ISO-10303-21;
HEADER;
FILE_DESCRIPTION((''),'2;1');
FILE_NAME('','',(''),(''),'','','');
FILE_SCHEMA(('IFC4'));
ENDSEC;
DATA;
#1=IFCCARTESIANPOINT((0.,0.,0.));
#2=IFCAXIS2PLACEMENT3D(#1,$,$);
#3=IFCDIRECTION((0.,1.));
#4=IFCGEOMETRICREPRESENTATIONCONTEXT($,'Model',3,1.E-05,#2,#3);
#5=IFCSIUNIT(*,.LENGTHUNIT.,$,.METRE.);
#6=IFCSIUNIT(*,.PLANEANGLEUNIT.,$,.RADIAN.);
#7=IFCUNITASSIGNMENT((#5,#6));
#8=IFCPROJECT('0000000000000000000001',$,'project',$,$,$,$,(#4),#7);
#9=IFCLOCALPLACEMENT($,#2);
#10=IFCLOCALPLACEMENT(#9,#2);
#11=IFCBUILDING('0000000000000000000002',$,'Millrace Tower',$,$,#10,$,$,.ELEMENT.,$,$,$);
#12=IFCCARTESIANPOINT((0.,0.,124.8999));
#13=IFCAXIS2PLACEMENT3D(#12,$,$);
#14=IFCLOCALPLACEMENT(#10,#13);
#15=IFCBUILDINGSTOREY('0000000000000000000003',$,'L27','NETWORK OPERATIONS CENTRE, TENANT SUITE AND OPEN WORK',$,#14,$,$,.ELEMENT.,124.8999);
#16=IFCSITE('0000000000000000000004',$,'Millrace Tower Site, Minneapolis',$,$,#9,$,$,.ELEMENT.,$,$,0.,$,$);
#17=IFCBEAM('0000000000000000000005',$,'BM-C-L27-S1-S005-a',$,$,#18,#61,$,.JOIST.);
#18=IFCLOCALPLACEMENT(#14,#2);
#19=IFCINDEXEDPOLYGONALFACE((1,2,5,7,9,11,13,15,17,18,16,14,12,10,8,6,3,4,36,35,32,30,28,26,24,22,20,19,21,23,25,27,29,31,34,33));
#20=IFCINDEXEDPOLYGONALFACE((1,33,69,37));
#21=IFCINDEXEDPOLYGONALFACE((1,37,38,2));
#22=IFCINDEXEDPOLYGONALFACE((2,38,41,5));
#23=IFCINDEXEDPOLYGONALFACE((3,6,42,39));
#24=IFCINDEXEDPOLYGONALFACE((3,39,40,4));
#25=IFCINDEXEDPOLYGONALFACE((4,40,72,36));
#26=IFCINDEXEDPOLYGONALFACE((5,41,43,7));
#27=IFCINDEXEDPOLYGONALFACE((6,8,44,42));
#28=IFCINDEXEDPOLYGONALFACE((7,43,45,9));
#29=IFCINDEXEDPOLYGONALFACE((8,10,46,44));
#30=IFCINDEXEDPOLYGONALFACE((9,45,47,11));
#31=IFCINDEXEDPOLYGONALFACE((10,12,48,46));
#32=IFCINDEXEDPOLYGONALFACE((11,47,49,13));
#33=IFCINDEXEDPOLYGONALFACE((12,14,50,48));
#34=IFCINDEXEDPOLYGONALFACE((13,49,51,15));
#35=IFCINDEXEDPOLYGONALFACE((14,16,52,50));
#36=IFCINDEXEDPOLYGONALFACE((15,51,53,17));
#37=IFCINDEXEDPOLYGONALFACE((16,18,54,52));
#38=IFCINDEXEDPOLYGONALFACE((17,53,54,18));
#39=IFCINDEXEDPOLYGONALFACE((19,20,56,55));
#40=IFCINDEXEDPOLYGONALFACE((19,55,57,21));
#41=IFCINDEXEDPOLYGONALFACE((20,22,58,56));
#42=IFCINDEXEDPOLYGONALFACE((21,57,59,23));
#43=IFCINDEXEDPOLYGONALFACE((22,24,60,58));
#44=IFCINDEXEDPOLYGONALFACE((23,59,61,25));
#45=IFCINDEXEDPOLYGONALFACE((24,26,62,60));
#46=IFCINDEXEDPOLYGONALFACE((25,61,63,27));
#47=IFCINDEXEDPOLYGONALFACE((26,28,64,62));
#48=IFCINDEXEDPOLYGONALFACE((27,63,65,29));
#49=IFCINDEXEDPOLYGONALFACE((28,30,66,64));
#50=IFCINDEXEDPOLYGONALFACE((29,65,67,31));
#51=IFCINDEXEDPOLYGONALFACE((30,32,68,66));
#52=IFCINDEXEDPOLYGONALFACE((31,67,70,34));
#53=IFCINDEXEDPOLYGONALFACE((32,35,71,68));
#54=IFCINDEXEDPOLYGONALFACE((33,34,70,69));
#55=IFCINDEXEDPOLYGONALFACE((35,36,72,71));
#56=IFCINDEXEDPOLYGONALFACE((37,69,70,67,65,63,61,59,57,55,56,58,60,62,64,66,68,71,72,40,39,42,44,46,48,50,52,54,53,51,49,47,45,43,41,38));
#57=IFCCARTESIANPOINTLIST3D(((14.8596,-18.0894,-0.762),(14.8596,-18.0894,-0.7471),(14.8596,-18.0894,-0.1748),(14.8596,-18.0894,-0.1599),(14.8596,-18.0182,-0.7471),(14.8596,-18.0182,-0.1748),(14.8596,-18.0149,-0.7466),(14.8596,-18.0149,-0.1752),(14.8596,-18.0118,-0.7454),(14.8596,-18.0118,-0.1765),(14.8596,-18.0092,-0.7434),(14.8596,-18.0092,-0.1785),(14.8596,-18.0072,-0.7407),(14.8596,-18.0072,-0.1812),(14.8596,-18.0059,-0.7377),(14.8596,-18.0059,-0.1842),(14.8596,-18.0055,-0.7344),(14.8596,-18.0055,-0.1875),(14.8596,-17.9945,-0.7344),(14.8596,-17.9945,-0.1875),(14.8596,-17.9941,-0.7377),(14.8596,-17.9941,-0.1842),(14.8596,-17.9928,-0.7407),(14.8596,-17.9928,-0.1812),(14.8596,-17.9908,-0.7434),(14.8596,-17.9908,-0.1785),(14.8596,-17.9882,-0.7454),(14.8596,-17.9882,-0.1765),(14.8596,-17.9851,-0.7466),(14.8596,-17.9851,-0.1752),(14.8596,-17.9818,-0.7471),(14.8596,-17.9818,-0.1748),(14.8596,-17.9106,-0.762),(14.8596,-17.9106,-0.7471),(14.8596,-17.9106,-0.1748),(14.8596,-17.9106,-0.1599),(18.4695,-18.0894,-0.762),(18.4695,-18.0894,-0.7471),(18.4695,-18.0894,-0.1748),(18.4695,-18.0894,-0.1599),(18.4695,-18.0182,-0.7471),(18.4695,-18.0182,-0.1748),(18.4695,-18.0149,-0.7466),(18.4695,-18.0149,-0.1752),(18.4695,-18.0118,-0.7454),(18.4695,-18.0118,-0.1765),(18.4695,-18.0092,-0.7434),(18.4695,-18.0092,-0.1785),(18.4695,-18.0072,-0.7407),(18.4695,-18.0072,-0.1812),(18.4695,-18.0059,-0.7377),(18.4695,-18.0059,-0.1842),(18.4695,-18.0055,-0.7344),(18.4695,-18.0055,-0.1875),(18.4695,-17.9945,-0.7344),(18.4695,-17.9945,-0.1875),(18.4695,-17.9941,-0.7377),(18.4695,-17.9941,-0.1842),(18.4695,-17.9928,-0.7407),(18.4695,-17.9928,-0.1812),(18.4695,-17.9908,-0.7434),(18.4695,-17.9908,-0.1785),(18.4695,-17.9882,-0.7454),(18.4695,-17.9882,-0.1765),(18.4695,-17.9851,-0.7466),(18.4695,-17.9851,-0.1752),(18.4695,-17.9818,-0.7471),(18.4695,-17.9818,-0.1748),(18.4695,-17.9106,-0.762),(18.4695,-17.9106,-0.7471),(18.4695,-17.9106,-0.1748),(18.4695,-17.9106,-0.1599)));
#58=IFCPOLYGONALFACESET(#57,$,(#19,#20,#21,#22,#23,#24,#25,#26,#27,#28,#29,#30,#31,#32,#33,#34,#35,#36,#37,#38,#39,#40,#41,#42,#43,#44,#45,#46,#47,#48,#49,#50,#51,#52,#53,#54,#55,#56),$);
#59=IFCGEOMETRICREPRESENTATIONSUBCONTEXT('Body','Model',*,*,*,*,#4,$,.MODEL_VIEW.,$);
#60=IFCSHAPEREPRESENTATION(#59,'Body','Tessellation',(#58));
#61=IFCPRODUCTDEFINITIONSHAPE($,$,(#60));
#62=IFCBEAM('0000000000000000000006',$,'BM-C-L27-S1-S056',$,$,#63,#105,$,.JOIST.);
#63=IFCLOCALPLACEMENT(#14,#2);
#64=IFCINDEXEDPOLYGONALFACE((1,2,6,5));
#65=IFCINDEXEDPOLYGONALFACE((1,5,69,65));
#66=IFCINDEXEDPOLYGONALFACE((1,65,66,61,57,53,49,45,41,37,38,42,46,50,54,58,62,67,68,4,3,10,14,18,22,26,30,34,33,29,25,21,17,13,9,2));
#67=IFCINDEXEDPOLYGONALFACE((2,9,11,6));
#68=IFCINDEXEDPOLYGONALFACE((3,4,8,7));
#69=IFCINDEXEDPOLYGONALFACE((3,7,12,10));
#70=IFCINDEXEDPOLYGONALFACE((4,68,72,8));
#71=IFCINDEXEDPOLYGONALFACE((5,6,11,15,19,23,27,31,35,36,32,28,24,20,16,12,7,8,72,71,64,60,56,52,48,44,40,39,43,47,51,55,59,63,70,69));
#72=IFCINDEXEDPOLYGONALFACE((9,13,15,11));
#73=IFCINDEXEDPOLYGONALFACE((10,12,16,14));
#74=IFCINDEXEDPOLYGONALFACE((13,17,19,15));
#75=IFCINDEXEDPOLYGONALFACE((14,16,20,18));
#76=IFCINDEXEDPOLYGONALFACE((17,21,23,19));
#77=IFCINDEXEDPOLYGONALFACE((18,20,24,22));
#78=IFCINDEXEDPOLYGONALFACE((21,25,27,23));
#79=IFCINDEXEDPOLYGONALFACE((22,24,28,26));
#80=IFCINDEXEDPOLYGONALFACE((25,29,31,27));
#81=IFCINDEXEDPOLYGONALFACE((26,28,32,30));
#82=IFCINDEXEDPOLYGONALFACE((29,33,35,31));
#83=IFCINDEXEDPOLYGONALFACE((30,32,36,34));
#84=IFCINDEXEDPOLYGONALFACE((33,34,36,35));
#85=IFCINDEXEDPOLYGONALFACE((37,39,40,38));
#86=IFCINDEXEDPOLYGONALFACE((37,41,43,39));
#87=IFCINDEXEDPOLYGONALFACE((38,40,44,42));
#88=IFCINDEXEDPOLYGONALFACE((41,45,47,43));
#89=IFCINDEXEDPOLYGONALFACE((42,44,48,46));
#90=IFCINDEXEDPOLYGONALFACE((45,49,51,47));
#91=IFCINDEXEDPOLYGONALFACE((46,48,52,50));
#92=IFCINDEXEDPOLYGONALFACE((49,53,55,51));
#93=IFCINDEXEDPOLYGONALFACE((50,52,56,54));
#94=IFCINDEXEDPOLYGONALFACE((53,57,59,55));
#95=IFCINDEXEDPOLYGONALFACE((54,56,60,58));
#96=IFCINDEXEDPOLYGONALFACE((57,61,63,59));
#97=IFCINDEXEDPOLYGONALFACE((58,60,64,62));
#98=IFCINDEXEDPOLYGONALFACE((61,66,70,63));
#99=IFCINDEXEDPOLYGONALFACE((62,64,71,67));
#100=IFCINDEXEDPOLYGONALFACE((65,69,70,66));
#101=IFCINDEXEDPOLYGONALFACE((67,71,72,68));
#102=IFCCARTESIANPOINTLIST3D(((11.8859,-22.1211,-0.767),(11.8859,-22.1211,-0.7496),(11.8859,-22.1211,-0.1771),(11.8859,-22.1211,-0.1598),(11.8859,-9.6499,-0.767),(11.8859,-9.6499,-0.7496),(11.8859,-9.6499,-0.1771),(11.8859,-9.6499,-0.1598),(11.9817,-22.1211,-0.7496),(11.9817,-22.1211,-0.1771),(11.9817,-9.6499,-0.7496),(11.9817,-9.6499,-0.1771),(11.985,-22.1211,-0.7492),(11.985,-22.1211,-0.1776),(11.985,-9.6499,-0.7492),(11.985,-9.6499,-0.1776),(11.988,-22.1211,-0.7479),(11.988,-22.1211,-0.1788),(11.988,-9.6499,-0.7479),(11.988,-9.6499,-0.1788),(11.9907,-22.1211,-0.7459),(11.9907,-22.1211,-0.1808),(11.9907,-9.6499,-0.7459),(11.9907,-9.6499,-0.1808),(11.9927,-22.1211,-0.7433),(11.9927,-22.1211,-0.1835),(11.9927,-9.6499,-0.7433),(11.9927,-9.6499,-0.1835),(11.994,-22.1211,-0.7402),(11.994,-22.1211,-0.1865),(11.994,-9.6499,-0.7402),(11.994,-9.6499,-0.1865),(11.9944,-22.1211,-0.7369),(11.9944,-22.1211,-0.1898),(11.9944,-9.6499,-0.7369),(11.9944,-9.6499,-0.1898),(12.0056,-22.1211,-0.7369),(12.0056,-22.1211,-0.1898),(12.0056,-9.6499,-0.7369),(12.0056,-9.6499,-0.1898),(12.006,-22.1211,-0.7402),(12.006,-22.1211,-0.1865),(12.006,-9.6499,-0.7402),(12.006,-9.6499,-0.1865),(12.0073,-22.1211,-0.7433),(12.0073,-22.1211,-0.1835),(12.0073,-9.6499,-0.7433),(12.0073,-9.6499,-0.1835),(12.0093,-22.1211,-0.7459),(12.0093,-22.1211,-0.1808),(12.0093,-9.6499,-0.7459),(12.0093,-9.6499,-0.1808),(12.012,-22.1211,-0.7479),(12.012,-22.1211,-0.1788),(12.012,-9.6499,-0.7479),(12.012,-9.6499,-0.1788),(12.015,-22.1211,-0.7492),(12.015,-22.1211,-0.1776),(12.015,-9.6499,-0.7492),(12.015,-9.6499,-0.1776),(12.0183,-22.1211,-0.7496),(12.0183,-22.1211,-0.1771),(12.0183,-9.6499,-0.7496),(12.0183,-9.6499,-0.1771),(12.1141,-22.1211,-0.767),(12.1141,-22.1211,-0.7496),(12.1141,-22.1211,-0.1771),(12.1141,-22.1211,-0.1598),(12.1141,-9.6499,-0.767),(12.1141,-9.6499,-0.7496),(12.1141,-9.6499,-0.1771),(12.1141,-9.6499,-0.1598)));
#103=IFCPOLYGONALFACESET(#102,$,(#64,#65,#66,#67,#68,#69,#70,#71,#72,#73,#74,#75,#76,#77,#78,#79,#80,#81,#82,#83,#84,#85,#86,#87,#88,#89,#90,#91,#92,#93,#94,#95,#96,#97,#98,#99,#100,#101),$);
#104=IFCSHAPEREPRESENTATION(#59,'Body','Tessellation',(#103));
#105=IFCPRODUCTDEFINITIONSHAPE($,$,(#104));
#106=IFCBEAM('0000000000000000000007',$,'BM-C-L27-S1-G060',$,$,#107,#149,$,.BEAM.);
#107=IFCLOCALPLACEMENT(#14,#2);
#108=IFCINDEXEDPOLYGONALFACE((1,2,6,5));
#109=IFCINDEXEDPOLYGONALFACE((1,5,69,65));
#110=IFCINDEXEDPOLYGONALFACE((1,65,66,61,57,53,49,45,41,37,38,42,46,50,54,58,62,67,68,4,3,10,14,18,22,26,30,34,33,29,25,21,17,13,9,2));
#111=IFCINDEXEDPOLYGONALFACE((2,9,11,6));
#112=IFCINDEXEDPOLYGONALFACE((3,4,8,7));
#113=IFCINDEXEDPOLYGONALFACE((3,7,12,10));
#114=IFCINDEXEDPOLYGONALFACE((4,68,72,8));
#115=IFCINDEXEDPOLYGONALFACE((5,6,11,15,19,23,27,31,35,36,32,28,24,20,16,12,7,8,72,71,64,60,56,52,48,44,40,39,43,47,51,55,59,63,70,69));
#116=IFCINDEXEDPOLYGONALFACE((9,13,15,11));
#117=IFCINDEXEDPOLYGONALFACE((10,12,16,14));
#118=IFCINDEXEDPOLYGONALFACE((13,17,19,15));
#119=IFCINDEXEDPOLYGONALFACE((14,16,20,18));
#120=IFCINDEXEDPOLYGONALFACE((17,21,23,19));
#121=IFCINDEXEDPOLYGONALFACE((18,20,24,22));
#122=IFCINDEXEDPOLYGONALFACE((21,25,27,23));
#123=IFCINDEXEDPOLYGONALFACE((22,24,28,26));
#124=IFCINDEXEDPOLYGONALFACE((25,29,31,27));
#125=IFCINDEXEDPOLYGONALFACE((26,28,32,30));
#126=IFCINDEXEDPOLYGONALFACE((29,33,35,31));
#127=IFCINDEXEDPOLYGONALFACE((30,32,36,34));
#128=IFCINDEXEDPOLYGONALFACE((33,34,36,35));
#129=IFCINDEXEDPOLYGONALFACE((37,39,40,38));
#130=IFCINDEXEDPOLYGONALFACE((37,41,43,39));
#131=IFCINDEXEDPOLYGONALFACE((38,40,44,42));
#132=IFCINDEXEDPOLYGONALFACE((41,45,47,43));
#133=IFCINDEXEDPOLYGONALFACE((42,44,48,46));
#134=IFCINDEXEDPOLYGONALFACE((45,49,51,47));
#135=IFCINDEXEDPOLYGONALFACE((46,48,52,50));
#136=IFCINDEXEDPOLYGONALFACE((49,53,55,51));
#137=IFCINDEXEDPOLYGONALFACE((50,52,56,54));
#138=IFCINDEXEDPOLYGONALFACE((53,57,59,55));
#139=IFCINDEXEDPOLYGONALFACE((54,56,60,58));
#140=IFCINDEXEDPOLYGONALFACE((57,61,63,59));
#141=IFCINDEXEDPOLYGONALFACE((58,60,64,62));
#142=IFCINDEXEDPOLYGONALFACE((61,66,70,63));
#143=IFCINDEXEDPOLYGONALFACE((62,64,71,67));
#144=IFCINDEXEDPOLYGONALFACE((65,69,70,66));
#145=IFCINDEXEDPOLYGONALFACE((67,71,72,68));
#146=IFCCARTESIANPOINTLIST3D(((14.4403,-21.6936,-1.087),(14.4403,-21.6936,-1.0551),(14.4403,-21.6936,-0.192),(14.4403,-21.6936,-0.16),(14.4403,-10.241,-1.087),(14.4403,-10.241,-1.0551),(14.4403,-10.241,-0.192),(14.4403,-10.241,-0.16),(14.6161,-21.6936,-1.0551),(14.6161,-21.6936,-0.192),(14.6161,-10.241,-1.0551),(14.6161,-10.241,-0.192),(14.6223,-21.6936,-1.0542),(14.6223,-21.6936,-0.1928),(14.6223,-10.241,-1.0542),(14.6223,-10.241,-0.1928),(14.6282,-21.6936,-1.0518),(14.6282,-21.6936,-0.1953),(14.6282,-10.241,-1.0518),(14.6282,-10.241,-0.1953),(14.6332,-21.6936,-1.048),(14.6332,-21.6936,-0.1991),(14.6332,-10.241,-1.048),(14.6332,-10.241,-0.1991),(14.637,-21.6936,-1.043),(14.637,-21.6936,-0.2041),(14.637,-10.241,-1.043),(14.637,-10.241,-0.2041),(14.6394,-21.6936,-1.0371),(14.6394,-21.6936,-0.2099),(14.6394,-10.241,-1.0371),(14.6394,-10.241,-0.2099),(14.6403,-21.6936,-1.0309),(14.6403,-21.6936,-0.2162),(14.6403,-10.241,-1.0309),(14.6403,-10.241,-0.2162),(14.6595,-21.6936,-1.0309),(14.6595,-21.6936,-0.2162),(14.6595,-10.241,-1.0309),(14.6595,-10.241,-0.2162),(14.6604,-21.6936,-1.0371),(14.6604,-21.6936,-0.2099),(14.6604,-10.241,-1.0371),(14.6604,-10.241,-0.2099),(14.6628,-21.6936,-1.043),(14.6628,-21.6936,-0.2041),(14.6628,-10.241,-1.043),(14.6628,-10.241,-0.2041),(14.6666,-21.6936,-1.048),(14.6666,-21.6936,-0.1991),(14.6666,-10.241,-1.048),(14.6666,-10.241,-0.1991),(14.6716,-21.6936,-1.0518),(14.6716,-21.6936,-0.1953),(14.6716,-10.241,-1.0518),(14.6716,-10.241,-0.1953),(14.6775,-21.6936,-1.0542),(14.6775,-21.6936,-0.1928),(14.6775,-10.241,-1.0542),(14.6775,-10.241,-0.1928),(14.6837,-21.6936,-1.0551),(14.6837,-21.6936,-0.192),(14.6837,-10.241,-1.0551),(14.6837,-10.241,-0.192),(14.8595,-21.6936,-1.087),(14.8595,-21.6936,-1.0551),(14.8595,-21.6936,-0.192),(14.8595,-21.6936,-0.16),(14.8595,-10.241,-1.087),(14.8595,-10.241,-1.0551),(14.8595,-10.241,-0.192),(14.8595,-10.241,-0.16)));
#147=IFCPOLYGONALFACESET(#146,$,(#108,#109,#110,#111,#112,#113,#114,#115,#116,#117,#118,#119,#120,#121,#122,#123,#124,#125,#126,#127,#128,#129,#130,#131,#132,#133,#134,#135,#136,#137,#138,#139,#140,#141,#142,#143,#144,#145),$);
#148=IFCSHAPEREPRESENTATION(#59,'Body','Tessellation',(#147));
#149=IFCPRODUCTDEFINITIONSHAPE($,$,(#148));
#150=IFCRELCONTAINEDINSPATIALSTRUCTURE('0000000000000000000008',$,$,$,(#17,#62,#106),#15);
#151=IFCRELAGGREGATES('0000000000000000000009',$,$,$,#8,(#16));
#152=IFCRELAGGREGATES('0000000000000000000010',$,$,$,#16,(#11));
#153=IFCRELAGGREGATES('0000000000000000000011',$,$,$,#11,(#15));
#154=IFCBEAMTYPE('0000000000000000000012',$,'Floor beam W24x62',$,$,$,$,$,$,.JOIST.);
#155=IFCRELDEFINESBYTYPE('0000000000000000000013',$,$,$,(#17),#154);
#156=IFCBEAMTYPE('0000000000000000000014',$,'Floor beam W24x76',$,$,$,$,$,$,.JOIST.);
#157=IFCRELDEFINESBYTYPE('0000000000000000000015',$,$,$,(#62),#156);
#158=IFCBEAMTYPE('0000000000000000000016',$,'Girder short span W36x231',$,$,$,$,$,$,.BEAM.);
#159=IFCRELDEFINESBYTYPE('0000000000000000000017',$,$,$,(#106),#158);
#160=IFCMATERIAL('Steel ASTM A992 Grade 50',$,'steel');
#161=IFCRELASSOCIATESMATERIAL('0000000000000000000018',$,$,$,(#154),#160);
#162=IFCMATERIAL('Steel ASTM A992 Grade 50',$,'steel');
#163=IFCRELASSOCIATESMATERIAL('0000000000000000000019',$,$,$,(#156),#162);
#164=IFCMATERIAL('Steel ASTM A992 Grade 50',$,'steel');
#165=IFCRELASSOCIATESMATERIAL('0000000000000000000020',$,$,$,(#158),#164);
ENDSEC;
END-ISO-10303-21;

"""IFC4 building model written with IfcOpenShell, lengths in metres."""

from ifc_helpers import new_model, si_unit, direction, frame, origin, origin_2d, place, context, subcontext, project, spatial, i_section, extrude, material, material_profile, profile_set, type_object, element, save


model = new_model("IFC4")

# Units and contexts
model_context = context("Model", 3, precision=1e-05, world=origin(), true_north=direction((0.0, 1.0)))
body_context = subcontext(model_context, "Body", "Model", "MODEL_VIEW")
ifc_project = project(units=[si_unit("LENGTHUNIT", "METRE"), si_unit("PLANEANGLEUNIT", "RADIAN")], contexts=[model_context])

# Site, building, storey
site_placement = place(None, origin())
site = spatial("IfcSite", under=ifc_project, at=site_placement, Name="Millrace Tower Site, Minneapolis", CompositionType="ELEMENT", RefElevation=0.0)
building_placement = place(site_placement, origin())
building = spatial("IfcBuilding", under=site, at=building_placement, Name="Millrace Tower", CompositionType="ELEMENT")
storey_placement = place(building_placement, frame((0.0, 0.0, 124.8999)))
storey = spatial("IfcBuildingStorey", under=building, at=storey_placement, Name="L27", Description="NETWORK OPERATIONS CENTRE, TENANT SUITE AND OPEN WORK", CompositionType="ELEMENT", Elevation=124.8999)

# Beams
ifc_material_1 = material(Name="Steel ASTM A992 Grade 50", Category="steel")
ifc_material_profile_1 = material_profile(ifc_material_1, i_section(OverallWidth=0.1787, OverallDepth=0.6021, WebThickness=0.011, FlangeThickness=0.0149, FilletRadius=0.0127, at=origin_2d()))
ifc_profile_set_1 = profile_set([ifc_material_profile_1], Name="Steel ASTM A992 Grade 50")
beam_type_1 = type_object("IfcBeamType", Name="Floor beam W24x62", PredefinedType="JOIST", material=ifc_profile_set_1)
beam_1_placement = place(storey_placement, frame((14.8596, -18.0, -0.4609), z_axis=(1.0, 0.0, 0.0), x_axis=(0.0, 1.0, 0.0)))
element("IfcBeam", 1, at=beam_1_placement, inside=storey, type_object=beam_type_1, Name="BM-C-L27-S1-S005-a", PredefinedType="JOIST", context=body_context, shape_type="SweptSolid", body=[
    extrude(i_section(OverallWidth=0.1787, OverallDepth=0.6021, WebThickness=0.011, FlangeThickness=0.0149, FilletRadius=0.0127, at=origin_2d()), origin(), (0.0, 0.0, 1.0), 3.6099),
])
ifc_material_2 = material(Name="Steel ASTM A992 Grade 50", Category="steel")
ifc_material_profile_2 = material_profile(ifc_material_2, i_section(OverallWidth=0.2283, OverallDepth=0.6072, WebThickness=0.0112, FlangeThickness=0.0173, FilletRadius=0.0127, at=origin_2d()))
ifc_profile_set_2 = profile_set([ifc_material_profile_2], Name="Steel ASTM A992 Grade 50")
beam_type_2 = type_object("IfcBeamType", Name="Floor beam W24x76", PredefinedType="JOIST", material=ifc_profile_set_2)
beam_2_placement = place(storey_placement, frame((12.0, -22.1211, -0.4634), z_axis=(0.0, 1.0, 0.0), x_axis=(-1.0, 0.0, 0.0)))
element("IfcBeam", 2, at=beam_2_placement, inside=storey, type_object=beam_type_2, Name="BM-C-L27-S1-S056", PredefinedType="JOIST", context=body_context, shape_type="SweptSolid", body=[
    extrude(i_section(OverallWidth=0.2283, OverallDepth=0.6072, WebThickness=0.0112, FlangeThickness=0.0173, FilletRadius=0.0127, at=origin_2d()), origin(), (0.0, 0.0, 1.0), 12.4712),
])
ifc_material_3 = material(Name="Steel ASTM A992 Grade 50", Category="steel")
ifc_material_profile_3 = material_profile(ifc_material_3, i_section(OverallWidth=0.4192, OverallDepth=0.927, WebThickness=0.0193, FlangeThickness=0.032, FilletRadius=0.0242, at=origin_2d()))
ifc_profile_set_3 = profile_set([ifc_material_profile_3], Name="Steel ASTM A992 Grade 50")
beam_type_3 = type_object("IfcBeamType", Name="Girder short span W36x231", PredefinedType="BEAM", material=ifc_profile_set_3)
beam_3_placement = place(storey_placement, frame((14.6499, -21.6936, -0.6235), z_axis=(0.0, 1.0, 0.0), x_axis=(-1.0, 0.0, 0.0)))
element("IfcBeam", 3, at=beam_3_placement, inside=storey, type_object=beam_type_3, Name="BM-C-L27-S1-G060", PredefinedType="BEAM", context=body_context, shape_type="SweptSolid", body=[
    extrude(i_section(OverallWidth=0.4192, OverallDepth=0.927, WebThickness=0.0193, FlangeThickness=0.032, FilletRadius=0.0242, at=origin_2d()), origin(), (0.0, 0.0, 1.0), 11.4526),
])

save(model, "model.ifc")
